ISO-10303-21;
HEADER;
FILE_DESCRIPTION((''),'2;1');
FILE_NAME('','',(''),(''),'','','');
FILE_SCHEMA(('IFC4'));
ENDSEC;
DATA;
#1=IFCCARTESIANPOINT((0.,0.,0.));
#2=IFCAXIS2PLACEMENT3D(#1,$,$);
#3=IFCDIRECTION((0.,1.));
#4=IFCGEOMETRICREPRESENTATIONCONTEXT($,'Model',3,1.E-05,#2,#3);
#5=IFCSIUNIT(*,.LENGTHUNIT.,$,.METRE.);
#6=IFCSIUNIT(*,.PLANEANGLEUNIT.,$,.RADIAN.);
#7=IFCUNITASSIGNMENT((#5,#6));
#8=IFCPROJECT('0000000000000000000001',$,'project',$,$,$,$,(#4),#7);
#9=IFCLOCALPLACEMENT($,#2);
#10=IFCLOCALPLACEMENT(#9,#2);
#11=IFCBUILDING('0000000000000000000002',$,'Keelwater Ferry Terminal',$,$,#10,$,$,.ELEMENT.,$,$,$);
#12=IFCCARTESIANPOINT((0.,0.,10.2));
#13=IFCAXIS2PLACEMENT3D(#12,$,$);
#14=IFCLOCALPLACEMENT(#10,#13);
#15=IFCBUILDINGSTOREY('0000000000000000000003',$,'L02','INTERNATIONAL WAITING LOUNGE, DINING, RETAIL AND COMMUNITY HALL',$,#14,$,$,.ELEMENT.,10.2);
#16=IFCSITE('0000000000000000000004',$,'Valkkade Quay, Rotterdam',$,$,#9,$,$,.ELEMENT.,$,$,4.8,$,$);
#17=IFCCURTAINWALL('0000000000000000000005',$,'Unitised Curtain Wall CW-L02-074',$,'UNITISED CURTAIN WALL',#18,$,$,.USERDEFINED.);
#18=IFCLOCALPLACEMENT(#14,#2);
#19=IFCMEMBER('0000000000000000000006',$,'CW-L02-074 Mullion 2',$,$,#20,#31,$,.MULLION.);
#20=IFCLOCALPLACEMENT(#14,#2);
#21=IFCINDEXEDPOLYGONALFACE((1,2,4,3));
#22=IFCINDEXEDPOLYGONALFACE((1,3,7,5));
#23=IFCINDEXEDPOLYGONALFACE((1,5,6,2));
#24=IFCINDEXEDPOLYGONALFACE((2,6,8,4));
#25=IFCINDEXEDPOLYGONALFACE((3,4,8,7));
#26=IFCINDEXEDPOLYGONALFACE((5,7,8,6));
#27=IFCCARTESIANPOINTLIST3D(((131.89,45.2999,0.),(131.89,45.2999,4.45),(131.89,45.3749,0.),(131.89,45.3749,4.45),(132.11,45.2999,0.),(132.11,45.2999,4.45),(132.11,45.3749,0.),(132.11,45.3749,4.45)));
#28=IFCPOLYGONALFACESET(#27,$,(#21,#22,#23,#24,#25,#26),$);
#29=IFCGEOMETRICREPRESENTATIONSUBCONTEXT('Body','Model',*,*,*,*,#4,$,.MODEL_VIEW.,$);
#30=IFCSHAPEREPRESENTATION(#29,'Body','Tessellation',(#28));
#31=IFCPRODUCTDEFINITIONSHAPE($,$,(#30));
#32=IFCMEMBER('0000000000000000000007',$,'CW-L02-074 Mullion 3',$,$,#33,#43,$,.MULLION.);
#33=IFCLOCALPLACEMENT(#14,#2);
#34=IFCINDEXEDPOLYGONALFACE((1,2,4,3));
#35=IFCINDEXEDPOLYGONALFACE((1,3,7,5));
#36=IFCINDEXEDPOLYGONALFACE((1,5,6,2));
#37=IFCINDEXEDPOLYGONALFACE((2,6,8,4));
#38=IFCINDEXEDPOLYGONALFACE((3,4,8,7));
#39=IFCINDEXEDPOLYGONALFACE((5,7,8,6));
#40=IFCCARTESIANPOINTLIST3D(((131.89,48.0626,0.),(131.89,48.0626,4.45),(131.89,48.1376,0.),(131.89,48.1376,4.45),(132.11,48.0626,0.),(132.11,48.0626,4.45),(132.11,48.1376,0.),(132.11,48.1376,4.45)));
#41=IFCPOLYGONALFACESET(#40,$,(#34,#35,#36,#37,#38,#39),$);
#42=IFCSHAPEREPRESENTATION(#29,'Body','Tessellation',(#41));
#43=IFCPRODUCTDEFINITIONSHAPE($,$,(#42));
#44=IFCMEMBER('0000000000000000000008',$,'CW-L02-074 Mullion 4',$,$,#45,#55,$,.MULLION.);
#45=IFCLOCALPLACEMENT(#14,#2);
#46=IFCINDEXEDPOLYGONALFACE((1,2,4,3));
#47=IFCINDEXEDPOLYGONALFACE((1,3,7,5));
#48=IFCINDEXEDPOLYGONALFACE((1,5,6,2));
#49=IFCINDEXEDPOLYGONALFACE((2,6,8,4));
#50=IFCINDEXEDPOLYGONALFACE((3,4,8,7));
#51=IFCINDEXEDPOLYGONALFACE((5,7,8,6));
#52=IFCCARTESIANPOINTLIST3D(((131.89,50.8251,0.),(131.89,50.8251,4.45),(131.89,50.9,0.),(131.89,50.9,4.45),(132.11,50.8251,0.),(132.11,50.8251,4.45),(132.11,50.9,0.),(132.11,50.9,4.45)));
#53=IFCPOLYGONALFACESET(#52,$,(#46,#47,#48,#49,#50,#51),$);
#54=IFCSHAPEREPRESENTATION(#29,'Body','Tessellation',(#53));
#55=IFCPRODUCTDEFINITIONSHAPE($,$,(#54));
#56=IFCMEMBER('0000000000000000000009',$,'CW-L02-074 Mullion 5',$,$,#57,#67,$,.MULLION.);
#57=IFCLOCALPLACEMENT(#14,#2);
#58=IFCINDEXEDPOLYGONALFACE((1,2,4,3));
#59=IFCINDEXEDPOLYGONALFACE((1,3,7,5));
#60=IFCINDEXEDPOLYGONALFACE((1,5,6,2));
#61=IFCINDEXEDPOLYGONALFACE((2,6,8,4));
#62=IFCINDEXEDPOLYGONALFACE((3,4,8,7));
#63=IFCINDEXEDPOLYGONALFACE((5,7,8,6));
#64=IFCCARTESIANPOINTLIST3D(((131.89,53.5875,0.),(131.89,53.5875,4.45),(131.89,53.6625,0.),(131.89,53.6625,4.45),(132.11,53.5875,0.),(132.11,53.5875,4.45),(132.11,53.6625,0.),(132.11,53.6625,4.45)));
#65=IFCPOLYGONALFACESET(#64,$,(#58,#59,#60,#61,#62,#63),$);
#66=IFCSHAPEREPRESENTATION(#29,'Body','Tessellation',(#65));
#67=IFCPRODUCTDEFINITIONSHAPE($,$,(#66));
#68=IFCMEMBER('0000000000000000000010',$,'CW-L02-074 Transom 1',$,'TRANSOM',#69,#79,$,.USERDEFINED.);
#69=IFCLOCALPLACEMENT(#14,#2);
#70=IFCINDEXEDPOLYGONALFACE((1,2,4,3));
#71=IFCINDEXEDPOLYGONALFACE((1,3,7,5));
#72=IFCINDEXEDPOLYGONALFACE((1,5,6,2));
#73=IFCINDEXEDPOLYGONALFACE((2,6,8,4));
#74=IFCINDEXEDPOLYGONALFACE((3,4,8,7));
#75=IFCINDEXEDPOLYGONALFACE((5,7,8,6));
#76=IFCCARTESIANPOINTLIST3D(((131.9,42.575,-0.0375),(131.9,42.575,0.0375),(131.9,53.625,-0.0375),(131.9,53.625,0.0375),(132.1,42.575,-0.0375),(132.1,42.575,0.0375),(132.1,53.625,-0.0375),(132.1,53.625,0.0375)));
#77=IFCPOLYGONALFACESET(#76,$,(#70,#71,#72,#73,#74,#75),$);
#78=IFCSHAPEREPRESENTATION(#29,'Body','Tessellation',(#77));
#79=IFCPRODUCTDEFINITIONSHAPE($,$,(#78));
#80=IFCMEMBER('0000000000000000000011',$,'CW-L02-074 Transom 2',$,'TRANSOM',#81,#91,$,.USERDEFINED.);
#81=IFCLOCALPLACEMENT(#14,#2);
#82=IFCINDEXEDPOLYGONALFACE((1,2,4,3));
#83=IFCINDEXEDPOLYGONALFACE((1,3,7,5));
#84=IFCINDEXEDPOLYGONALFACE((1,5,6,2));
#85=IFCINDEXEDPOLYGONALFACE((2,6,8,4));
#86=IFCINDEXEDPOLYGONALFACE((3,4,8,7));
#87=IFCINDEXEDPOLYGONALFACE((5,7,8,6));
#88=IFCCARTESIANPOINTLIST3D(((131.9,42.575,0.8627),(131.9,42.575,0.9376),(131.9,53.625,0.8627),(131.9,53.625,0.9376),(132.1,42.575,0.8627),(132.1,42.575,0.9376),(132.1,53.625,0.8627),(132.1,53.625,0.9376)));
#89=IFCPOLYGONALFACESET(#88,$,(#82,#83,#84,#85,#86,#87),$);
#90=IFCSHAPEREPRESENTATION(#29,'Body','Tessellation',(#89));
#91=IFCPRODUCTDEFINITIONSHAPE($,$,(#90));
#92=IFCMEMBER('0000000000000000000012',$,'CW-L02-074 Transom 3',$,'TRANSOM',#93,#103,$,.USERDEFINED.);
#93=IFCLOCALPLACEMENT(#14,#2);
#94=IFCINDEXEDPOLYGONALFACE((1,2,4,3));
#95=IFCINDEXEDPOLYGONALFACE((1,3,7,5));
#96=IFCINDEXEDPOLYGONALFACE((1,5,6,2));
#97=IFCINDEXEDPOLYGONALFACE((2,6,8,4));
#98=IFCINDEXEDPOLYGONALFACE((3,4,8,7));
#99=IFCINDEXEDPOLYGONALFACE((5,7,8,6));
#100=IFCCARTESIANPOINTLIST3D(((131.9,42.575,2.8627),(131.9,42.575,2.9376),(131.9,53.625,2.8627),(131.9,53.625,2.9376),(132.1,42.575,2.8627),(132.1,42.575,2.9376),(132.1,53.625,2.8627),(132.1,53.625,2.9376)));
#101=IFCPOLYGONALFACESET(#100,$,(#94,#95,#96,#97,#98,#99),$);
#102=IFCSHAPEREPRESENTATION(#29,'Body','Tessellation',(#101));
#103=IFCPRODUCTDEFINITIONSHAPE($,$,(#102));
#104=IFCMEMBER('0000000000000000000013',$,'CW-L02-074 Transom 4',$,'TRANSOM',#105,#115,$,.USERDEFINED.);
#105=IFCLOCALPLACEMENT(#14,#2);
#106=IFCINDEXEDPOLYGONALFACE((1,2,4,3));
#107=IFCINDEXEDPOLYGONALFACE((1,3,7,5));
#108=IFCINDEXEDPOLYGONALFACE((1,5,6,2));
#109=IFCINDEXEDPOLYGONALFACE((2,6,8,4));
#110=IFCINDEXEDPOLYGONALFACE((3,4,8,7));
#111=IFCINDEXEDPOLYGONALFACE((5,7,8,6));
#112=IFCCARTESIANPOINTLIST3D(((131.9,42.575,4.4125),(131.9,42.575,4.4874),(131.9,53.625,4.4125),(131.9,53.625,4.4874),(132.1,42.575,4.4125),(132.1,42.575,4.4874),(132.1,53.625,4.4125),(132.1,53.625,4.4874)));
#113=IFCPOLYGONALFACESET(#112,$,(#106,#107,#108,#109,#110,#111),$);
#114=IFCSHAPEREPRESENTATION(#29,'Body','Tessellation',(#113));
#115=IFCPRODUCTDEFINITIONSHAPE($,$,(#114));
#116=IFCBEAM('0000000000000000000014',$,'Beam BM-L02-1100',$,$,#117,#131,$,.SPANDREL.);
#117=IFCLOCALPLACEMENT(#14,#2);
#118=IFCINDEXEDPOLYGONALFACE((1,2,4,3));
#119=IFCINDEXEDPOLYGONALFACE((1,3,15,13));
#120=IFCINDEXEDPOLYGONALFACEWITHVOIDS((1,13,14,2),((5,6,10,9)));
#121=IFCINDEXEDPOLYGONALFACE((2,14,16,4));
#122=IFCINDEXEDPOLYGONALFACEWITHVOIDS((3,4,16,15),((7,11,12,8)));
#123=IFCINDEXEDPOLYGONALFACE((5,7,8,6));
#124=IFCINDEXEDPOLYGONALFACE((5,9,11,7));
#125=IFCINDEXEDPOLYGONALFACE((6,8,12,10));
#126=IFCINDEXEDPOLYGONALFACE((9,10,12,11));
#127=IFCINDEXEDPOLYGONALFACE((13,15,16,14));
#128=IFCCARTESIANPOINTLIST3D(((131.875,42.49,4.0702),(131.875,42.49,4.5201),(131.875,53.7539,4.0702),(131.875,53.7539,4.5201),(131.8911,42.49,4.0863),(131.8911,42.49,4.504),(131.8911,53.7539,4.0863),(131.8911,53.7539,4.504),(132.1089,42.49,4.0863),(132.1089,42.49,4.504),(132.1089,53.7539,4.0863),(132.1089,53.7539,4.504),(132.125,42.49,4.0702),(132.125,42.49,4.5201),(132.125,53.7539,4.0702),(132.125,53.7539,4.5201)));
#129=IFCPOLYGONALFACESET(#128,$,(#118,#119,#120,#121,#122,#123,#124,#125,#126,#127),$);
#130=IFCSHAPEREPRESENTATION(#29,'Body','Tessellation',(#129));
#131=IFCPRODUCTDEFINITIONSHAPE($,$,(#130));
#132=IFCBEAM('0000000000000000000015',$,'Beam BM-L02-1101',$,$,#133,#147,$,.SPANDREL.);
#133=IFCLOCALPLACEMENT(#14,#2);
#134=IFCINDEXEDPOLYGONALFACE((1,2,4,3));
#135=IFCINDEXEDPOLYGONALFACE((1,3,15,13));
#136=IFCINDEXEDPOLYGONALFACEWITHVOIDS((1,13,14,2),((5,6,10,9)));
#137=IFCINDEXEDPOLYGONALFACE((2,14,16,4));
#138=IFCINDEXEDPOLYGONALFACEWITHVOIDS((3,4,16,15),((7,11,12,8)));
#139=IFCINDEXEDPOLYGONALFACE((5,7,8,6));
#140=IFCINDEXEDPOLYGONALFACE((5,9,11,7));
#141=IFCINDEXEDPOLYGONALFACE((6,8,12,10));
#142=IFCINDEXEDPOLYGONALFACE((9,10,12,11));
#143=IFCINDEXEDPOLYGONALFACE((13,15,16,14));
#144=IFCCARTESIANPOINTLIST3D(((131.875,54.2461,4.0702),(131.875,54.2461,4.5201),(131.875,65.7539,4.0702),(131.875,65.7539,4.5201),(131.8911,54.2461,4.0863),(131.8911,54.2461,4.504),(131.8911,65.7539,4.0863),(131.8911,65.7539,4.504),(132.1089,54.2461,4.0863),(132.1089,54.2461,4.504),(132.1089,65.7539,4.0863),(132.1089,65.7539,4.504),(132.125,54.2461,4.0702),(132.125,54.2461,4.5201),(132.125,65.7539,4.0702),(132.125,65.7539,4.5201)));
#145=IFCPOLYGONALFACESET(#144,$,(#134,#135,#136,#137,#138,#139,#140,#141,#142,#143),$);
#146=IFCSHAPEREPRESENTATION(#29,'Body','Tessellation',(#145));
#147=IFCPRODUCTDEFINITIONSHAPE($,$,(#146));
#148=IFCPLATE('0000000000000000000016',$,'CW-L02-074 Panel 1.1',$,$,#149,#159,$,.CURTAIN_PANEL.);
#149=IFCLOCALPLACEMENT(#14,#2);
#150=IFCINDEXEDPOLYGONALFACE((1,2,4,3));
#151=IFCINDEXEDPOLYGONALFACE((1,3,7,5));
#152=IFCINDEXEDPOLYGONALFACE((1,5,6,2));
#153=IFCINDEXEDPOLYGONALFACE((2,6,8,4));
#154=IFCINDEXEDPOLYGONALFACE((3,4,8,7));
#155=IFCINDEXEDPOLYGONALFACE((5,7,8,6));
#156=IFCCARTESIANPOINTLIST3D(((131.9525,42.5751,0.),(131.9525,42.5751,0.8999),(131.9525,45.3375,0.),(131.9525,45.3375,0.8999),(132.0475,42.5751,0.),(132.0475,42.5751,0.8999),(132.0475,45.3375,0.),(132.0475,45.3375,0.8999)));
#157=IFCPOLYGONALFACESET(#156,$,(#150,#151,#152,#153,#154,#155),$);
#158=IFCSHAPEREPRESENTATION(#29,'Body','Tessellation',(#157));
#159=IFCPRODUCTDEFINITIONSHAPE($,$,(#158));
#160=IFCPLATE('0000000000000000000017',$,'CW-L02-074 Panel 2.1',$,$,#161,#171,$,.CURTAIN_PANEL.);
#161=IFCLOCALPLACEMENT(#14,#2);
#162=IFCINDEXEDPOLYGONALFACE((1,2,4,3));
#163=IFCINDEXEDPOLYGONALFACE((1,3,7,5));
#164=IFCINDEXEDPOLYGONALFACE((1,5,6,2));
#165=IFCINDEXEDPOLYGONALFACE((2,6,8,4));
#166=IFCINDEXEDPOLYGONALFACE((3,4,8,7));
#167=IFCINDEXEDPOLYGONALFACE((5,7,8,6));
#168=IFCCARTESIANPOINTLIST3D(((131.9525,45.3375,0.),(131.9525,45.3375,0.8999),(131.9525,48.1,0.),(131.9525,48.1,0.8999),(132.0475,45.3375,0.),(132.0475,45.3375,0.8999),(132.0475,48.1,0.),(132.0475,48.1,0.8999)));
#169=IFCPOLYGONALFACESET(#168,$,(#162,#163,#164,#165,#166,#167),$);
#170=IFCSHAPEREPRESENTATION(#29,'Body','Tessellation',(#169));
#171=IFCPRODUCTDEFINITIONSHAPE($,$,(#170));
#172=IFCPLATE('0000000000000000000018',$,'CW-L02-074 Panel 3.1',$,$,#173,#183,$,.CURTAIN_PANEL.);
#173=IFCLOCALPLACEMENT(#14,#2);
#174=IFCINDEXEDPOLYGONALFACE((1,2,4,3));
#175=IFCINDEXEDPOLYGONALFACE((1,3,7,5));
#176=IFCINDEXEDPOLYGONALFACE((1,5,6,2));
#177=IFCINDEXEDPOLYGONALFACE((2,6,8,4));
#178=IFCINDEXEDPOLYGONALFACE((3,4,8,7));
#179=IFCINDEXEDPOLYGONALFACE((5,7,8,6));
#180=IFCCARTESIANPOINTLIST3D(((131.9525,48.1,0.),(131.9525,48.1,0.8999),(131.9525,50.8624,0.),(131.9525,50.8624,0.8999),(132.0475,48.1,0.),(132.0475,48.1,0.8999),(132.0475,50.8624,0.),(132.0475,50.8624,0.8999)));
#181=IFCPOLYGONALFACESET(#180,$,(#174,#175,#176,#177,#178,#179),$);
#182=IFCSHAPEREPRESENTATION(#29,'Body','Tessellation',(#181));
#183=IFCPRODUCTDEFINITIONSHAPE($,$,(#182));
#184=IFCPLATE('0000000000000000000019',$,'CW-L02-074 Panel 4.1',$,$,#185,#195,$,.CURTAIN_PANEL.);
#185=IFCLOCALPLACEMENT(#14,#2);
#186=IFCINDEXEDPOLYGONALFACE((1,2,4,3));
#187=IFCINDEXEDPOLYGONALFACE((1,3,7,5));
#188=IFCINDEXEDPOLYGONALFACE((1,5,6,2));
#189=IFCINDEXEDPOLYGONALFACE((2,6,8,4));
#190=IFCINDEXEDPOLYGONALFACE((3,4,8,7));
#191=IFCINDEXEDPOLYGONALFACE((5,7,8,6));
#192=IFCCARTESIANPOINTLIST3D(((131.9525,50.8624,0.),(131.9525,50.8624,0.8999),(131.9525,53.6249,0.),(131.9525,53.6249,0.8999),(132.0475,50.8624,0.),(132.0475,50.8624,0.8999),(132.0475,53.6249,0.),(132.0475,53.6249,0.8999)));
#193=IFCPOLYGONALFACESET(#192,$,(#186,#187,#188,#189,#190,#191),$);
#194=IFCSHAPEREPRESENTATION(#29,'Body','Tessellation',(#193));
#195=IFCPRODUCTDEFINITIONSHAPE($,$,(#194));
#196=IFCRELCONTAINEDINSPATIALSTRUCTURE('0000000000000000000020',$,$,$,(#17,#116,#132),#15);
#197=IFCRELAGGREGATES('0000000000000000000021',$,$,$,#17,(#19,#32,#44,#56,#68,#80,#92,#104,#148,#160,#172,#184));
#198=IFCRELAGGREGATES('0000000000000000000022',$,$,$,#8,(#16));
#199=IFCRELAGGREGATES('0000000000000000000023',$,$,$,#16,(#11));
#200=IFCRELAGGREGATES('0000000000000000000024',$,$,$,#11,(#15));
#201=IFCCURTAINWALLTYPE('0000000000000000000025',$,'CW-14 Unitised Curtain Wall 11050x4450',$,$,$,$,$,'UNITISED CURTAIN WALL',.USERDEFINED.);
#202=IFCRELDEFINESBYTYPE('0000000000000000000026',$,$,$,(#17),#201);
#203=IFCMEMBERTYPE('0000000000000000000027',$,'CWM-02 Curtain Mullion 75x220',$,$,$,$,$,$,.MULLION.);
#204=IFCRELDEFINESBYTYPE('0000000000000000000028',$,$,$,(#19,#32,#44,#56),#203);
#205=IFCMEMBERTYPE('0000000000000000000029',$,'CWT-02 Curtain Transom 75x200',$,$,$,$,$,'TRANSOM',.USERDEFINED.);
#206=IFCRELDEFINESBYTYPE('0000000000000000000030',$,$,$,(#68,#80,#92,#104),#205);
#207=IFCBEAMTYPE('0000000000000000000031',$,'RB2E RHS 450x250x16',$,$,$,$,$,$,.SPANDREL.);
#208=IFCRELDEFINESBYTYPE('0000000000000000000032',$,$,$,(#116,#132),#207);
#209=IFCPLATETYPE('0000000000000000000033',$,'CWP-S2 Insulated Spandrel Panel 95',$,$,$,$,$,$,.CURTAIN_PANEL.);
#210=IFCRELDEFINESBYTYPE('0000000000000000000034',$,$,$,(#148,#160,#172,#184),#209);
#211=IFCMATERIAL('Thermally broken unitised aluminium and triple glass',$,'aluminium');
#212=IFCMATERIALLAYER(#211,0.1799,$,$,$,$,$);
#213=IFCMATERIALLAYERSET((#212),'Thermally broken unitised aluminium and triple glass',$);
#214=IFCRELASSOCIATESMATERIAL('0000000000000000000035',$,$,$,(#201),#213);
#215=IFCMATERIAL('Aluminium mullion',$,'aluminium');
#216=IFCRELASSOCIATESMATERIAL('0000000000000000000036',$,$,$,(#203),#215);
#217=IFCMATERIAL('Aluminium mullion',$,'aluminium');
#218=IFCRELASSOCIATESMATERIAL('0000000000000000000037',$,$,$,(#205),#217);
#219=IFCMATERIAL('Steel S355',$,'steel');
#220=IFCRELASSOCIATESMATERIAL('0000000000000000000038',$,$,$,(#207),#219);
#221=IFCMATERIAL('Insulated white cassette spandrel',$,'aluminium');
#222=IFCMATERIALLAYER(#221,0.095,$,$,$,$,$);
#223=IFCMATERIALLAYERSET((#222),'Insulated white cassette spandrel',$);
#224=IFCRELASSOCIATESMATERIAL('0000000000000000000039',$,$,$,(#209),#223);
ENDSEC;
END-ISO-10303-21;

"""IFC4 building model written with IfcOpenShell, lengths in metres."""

from ifc_helpers import new_model, si_unit, direction, frame, origin, origin_2d, place, context, subcontext, project, spatial, rectangle, hollow_rectangle, extrude, material, layer, layer_set, material_profile, profile_set, type_object, element, aggregate, save


model = new_model("IFC4")

# Units and contexts
model_context = context("Model", 3, precision=1e-05, world=origin(), true_north=direction((0.0, 1.0)))
body_context = subcontext(model_context, "Body", "Model", "MODEL_VIEW")
ifc_project = project(units=[si_unit("LENGTHUNIT", "METRE"), si_unit("PLANEANGLEUNIT", "RADIAN")], contexts=[model_context])

# Site, building, storey
site_placement = place(None, origin())
site = spatial("IfcSite", under=ifc_project, at=site_placement, Name="Valkkade Quay, Rotterdam", CompositionType="ELEMENT", RefElevation=4.8)
building_placement = place(site_placement, origin())
building = spatial("IfcBuilding", under=site, at=building_placement, Name="Keelwater Ferry Terminal", CompositionType="ELEMENT")
storey_placement = place(building_placement, frame((0.0, 0.0, 10.2)))
storey = spatial("IfcBuildingStorey", under=building, at=storey_placement, Name="L02", Description="INTERNATIONAL WAITING LOUNGE, DINING, RETAIL AND COMMUNITY HALL", CompositionType="ELEMENT", Elevation=10.2)

# Curtain wall, members
ifc_material_1 = material(Name="Thermally broken unitised aluminium and triple glass", Category="aluminium")
ifc_layer_1 = layer(ifc_material_1, 0.1799)
ifc_layer_set_1 = layer_set([ifc_layer_1], Name="Thermally broken unitised aluminium and triple glass")
curtain_wall_type = type_object("IfcCurtainWallType", Name="CW-14 Unitised Curtain Wall 11050x4450", ElementType="UNITISED CURTAIN WALL", PredefinedType="USERDEFINED", material=ifc_layer_set_1)
curtain_wall_placement = place(storey_placement, origin())
curtain_wall = element("IfcCurtainWall", 1, at=curtain_wall_placement, inside=storey, type_object=curtain_wall_type, Name="Unitised Curtain Wall CW-L02-074", ObjectType="UNITISED CURTAIN WALL", PredefinedType="USERDEFINED")
ifc_material_2 = material(Name="Aluminium mullion", Category="aluminium")
ifc_material_profile_1 = material_profile(ifc_material_2, rectangle(XDim=0.075, YDim=0.22, at=origin_2d()), Name="CWM-02")
ifc_profile_set_1 = profile_set([ifc_material_profile_1], Name="Aluminium mullion")
member_type_1 = type_object("IfcMemberType", Name="CWM-02 Curtain Mullion 75x220", PredefinedType="MULLION", material=ifc_profile_set_1)
member_1_placement = place(storey_placement, frame((132.0, 45.3374, 0.0), z_axis=(0.0, 0.0, 1.0), x_axis=(0.0, 1.0, 0.0)))
member_1 = element("IfcMember", 2, at=member_1_placement, type_object=member_type_1, Name="CW-L02-074 Mullion 2", PredefinedType="MULLION", context=body_context, shape_type="SweptSolid", body=[
    extrude(rectangle(XDim=0.075, YDim=0.22, at=origin_2d()), origin(), (0.0, 0.0, 1.0), 4.45),
])
member_2_placement = place(storey_placement, frame((132.0, 48.1001, 0.0), z_axis=(0.0, 0.0, 1.0), x_axis=(0.0, 1.0, 0.0)))
member_2 = element("IfcMember", 3, at=member_2_placement, type_object=member_type_1, Name="CW-L02-074 Mullion 3", PredefinedType="MULLION", context=body_context, shape_type="SweptSolid", body=[
    extrude(rectangle(XDim=0.075, YDim=0.22, at=origin_2d()), origin(), (0.0, 0.0, 1.0), 4.45),
])
member_3_placement = place(storey_placement, frame((132.0, 50.8625, 0.0), z_axis=(0.0, 0.0, 1.0), x_axis=(0.0, 1.0, 0.0)))
member_3 = element("IfcMember", 4, at=member_3_placement, type_object=member_type_1, Name="CW-L02-074 Mullion 4", PredefinedType="MULLION", context=body_context, shape_type="SweptSolid", body=[
    extrude(rectangle(XDim=0.075, YDim=0.22, at=origin_2d()), origin(), (0.0, 0.0, 1.0), 4.45),
])
member_4_placement = place(storey_placement, frame((132.0, 53.625, 0.0), z_axis=(0.0, 0.0, 1.0), x_axis=(0.0, 1.0, 0.0)))
member_4 = element("IfcMember", 5, at=member_4_placement, type_object=member_type_1, Name="CW-L02-074 Mullion 5", PredefinedType="MULLION", context=body_context, shape_type="SweptSolid", body=[
    extrude(rectangle(XDim=0.075, YDim=0.22, at=origin_2d()), origin(), (0.0, 0.0, 1.0), 4.45),
])
ifc_material_3 = material(Name="Aluminium mullion", Category="aluminium")
ifc_material_profile_2 = material_profile(ifc_material_3, rectangle(XDim=0.2, YDim=0.075, at=origin_2d()), Name="CWT-02")
ifc_profile_set_2 = profile_set([ifc_material_profile_2], Name="Aluminium mullion")
member_type_2 = type_object("IfcMemberType", Name="CWT-02 Curtain Transom 75x200", ElementType="TRANSOM", PredefinedType="USERDEFINED", material=ifc_profile_set_2)
member_5_placement = place(storey_placement, frame((132.0, 42.575, 0.0), z_axis=(0.0, 1.0, 0.0), x_axis=(-1.0, 0.0, 0.0)))
member_5 = element("IfcMember", 6, at=member_5_placement, type_object=member_type_2, Name="CW-L02-074 Transom 1", ObjectType="TRANSOM", PredefinedType="USERDEFINED", context=body_context, shape_type="SweptSolid", body=[
    extrude(rectangle(XDim=0.2, YDim=0.075, at=origin_2d()), origin(), (0.0, 0.0, 1.0), 11.05),
])
member_6_placement = place(storey_placement, frame((132.0, 42.575, 0.9001), z_axis=(0.0, 1.0, 0.0), x_axis=(-1.0, 0.0, 0.0)))
member_6 = element("IfcMember", 7, at=member_6_placement, type_object=member_type_2, Name="CW-L02-074 Transom 2", ObjectType="TRANSOM", PredefinedType="USERDEFINED", context=body_context, shape_type="SweptSolid", body=[
    extrude(rectangle(XDim=0.2, YDim=0.075, at=origin_2d()), origin(), (0.0, 0.0, 1.0), 11.05),
])
member_7_placement = place(storey_placement, frame((132.0, 42.575, 2.9001), z_axis=(0.0, 1.0, 0.0), x_axis=(-1.0, 0.0, 0.0)))
member_7 = element("IfcMember", 8, at=member_7_placement, type_object=member_type_2, Name="CW-L02-074 Transom 3", ObjectType="TRANSOM", PredefinedType="USERDEFINED", context=body_context, shape_type="SweptSolid", body=[
    extrude(rectangle(XDim=0.2, YDim=0.075, at=origin_2d()), origin(), (0.0, 0.0, 1.0), 11.05),
])
member_8_placement = place(storey_placement, frame((132.0, 42.575, 4.45), z_axis=(0.0, 1.0, 0.0), x_axis=(-1.0, 0.0, 0.0)))
member_8 = element("IfcMember", 9, at=member_8_placement, type_object=member_type_2, Name="CW-L02-074 Transom 4", ObjectType="TRANSOM", PredefinedType="USERDEFINED", context=body_context, shape_type="SweptSolid", body=[
    extrude(rectangle(XDim=0.2, YDim=0.075, at=origin_2d()), origin(), (0.0, 0.0, 1.0), 11.05),
])

# Beams
ifc_material_4 = material(Name="Steel S355", Category="steel")
ifc_material_profile_3 = material_profile(ifc_material_4, hollow_rectangle(XDim=0.25, YDim=0.45, WallThickness=0.0161, at=origin_2d()), Name="RHS 450x250x16")
ifc_profile_set_3 = profile_set([ifc_material_profile_3], Name="Steel S355")
beam_type = type_object("IfcBeamType", Name="RB2E RHS 450x250x16", PredefinedType="SPANDREL", material=ifc_profile_set_3)
beam_1_placement = place(storey_placement, frame((132.0, 42.49, 4.2952), z_axis=(0.0, 1.0, 0.0), x_axis=(-1.0, 0.0, 0.0)))
element("IfcBeam", 10, at=beam_1_placement, inside=storey, type_object=beam_type, Name="Beam BM-L02-1100", PredefinedType="SPANDREL", context=body_context, shape_type="SweptSolid", body=[
    extrude(hollow_rectangle(XDim=0.25, YDim=0.45, WallThickness=0.0161, at=origin_2d()), origin(), (0.0, 0.0, 1.0), 11.2639),
])
beam_2_placement = place(storey_placement, frame((132.0, 54.2461, 4.2952), z_axis=(0.0, 1.0, 0.0), x_axis=(-1.0, 0.0, 0.0)))
element("IfcBeam", 11, at=beam_2_placement, inside=storey, type_object=beam_type, Name="Beam BM-L02-1101", PredefinedType="SPANDREL", context=body_context, shape_type="SweptSolid", body=[
    extrude(hollow_rectangle(XDim=0.25, YDim=0.45, WallThickness=0.0161, at=origin_2d()), origin(), (0.0, 0.0, 1.0), 11.5078),
])

# Plates
ifc_material_5 = material(Name="Insulated white cassette spandrel", Category="aluminium")
ifc_layer_2 = layer(ifc_material_5, 0.095)
ifc_layer_set_2 = layer_set([ifc_layer_2], Name="Insulated white cassette spandrel")
plate_type_1 = type_object("IfcPlateType", Name="CWP-S2 Insulated Spandrel Panel 95", PredefinedType="CURTAIN_PANEL", material=ifc_layer_set_2)
plate_1_placement = place(storey_placement, frame((132.0, 43.9563, 0.0), z_axis=(0.0, 0.0, 1.0), x_axis=(0.0, 1.0, 0.0)))
plate_1 = element("IfcPlate", 12, at=plate_1_placement, type_object=plate_type_1, Name="CW-L02-074 Panel 1.1", PredefinedType="CURTAIN_PANEL", context=body_context, shape_type="SweptSolid", body=[
    extrude(rectangle(XDim=2.7625, YDim=0.095, at=origin_2d()), origin(), (0.0, 0.0, 1.0), 0.8999),
])
plate_2_placement = place(storey_placement, frame((132.0, 46.7188, 0.0), z_axis=(0.0, 0.0, 1.0), x_axis=(0.0, 1.0, 0.0)))
plate_2 = element("IfcPlate", 13, at=plate_2_placement, type_object=plate_type_1, Name="CW-L02-074 Panel 2.1", PredefinedType="CURTAIN_PANEL", context=body_context, shape_type="SweptSolid", body=[
    extrude(rectangle(XDim=2.7625, YDim=0.095, at=origin_2d()), origin(), (0.0, 0.0, 1.0), 0.8999),
])
plate_3_placement = place(storey_placement, frame((132.0, 49.4812, 0.0), z_axis=(0.0, 0.0, 1.0), x_axis=(0.0, 1.0, 0.0)))
plate_3 = element("IfcPlate", 14, at=plate_3_placement, type_object=plate_type_1, Name="CW-L02-074 Panel 3.1", PredefinedType="CURTAIN_PANEL", context=body_context, shape_type="SweptSolid", body=[
    extrude(rectangle(XDim=2.7625, YDim=0.095, at=origin_2d()), origin(), (0.0, 0.0, 1.0), 0.8999),
])
plate_4_placement = place(storey_placement, frame((132.0, 52.2437, 0.0), z_axis=(0.0, 0.0, 1.0), x_axis=(0.0, 1.0, 0.0)))
plate_4 = element("IfcPlate", 15, at=plate_4_placement, type_object=plate_type_1, Name="CW-L02-074 Panel 4.1", PredefinedType="CURTAIN_PANEL", context=body_context, shape_type="SweptSolid", body=[
    extrude(rectangle(XDim=2.7625, YDim=0.095, at=origin_2d()), origin(), (0.0, 0.0, 1.0), 0.8999),
])
aggregate(curtain_wall, [member_1, member_2, member_3, member_4, member_5, member_6, member_7, member_8, plate_1, plate_2, plate_3, plate_4])

save(model, "model.ifc")
